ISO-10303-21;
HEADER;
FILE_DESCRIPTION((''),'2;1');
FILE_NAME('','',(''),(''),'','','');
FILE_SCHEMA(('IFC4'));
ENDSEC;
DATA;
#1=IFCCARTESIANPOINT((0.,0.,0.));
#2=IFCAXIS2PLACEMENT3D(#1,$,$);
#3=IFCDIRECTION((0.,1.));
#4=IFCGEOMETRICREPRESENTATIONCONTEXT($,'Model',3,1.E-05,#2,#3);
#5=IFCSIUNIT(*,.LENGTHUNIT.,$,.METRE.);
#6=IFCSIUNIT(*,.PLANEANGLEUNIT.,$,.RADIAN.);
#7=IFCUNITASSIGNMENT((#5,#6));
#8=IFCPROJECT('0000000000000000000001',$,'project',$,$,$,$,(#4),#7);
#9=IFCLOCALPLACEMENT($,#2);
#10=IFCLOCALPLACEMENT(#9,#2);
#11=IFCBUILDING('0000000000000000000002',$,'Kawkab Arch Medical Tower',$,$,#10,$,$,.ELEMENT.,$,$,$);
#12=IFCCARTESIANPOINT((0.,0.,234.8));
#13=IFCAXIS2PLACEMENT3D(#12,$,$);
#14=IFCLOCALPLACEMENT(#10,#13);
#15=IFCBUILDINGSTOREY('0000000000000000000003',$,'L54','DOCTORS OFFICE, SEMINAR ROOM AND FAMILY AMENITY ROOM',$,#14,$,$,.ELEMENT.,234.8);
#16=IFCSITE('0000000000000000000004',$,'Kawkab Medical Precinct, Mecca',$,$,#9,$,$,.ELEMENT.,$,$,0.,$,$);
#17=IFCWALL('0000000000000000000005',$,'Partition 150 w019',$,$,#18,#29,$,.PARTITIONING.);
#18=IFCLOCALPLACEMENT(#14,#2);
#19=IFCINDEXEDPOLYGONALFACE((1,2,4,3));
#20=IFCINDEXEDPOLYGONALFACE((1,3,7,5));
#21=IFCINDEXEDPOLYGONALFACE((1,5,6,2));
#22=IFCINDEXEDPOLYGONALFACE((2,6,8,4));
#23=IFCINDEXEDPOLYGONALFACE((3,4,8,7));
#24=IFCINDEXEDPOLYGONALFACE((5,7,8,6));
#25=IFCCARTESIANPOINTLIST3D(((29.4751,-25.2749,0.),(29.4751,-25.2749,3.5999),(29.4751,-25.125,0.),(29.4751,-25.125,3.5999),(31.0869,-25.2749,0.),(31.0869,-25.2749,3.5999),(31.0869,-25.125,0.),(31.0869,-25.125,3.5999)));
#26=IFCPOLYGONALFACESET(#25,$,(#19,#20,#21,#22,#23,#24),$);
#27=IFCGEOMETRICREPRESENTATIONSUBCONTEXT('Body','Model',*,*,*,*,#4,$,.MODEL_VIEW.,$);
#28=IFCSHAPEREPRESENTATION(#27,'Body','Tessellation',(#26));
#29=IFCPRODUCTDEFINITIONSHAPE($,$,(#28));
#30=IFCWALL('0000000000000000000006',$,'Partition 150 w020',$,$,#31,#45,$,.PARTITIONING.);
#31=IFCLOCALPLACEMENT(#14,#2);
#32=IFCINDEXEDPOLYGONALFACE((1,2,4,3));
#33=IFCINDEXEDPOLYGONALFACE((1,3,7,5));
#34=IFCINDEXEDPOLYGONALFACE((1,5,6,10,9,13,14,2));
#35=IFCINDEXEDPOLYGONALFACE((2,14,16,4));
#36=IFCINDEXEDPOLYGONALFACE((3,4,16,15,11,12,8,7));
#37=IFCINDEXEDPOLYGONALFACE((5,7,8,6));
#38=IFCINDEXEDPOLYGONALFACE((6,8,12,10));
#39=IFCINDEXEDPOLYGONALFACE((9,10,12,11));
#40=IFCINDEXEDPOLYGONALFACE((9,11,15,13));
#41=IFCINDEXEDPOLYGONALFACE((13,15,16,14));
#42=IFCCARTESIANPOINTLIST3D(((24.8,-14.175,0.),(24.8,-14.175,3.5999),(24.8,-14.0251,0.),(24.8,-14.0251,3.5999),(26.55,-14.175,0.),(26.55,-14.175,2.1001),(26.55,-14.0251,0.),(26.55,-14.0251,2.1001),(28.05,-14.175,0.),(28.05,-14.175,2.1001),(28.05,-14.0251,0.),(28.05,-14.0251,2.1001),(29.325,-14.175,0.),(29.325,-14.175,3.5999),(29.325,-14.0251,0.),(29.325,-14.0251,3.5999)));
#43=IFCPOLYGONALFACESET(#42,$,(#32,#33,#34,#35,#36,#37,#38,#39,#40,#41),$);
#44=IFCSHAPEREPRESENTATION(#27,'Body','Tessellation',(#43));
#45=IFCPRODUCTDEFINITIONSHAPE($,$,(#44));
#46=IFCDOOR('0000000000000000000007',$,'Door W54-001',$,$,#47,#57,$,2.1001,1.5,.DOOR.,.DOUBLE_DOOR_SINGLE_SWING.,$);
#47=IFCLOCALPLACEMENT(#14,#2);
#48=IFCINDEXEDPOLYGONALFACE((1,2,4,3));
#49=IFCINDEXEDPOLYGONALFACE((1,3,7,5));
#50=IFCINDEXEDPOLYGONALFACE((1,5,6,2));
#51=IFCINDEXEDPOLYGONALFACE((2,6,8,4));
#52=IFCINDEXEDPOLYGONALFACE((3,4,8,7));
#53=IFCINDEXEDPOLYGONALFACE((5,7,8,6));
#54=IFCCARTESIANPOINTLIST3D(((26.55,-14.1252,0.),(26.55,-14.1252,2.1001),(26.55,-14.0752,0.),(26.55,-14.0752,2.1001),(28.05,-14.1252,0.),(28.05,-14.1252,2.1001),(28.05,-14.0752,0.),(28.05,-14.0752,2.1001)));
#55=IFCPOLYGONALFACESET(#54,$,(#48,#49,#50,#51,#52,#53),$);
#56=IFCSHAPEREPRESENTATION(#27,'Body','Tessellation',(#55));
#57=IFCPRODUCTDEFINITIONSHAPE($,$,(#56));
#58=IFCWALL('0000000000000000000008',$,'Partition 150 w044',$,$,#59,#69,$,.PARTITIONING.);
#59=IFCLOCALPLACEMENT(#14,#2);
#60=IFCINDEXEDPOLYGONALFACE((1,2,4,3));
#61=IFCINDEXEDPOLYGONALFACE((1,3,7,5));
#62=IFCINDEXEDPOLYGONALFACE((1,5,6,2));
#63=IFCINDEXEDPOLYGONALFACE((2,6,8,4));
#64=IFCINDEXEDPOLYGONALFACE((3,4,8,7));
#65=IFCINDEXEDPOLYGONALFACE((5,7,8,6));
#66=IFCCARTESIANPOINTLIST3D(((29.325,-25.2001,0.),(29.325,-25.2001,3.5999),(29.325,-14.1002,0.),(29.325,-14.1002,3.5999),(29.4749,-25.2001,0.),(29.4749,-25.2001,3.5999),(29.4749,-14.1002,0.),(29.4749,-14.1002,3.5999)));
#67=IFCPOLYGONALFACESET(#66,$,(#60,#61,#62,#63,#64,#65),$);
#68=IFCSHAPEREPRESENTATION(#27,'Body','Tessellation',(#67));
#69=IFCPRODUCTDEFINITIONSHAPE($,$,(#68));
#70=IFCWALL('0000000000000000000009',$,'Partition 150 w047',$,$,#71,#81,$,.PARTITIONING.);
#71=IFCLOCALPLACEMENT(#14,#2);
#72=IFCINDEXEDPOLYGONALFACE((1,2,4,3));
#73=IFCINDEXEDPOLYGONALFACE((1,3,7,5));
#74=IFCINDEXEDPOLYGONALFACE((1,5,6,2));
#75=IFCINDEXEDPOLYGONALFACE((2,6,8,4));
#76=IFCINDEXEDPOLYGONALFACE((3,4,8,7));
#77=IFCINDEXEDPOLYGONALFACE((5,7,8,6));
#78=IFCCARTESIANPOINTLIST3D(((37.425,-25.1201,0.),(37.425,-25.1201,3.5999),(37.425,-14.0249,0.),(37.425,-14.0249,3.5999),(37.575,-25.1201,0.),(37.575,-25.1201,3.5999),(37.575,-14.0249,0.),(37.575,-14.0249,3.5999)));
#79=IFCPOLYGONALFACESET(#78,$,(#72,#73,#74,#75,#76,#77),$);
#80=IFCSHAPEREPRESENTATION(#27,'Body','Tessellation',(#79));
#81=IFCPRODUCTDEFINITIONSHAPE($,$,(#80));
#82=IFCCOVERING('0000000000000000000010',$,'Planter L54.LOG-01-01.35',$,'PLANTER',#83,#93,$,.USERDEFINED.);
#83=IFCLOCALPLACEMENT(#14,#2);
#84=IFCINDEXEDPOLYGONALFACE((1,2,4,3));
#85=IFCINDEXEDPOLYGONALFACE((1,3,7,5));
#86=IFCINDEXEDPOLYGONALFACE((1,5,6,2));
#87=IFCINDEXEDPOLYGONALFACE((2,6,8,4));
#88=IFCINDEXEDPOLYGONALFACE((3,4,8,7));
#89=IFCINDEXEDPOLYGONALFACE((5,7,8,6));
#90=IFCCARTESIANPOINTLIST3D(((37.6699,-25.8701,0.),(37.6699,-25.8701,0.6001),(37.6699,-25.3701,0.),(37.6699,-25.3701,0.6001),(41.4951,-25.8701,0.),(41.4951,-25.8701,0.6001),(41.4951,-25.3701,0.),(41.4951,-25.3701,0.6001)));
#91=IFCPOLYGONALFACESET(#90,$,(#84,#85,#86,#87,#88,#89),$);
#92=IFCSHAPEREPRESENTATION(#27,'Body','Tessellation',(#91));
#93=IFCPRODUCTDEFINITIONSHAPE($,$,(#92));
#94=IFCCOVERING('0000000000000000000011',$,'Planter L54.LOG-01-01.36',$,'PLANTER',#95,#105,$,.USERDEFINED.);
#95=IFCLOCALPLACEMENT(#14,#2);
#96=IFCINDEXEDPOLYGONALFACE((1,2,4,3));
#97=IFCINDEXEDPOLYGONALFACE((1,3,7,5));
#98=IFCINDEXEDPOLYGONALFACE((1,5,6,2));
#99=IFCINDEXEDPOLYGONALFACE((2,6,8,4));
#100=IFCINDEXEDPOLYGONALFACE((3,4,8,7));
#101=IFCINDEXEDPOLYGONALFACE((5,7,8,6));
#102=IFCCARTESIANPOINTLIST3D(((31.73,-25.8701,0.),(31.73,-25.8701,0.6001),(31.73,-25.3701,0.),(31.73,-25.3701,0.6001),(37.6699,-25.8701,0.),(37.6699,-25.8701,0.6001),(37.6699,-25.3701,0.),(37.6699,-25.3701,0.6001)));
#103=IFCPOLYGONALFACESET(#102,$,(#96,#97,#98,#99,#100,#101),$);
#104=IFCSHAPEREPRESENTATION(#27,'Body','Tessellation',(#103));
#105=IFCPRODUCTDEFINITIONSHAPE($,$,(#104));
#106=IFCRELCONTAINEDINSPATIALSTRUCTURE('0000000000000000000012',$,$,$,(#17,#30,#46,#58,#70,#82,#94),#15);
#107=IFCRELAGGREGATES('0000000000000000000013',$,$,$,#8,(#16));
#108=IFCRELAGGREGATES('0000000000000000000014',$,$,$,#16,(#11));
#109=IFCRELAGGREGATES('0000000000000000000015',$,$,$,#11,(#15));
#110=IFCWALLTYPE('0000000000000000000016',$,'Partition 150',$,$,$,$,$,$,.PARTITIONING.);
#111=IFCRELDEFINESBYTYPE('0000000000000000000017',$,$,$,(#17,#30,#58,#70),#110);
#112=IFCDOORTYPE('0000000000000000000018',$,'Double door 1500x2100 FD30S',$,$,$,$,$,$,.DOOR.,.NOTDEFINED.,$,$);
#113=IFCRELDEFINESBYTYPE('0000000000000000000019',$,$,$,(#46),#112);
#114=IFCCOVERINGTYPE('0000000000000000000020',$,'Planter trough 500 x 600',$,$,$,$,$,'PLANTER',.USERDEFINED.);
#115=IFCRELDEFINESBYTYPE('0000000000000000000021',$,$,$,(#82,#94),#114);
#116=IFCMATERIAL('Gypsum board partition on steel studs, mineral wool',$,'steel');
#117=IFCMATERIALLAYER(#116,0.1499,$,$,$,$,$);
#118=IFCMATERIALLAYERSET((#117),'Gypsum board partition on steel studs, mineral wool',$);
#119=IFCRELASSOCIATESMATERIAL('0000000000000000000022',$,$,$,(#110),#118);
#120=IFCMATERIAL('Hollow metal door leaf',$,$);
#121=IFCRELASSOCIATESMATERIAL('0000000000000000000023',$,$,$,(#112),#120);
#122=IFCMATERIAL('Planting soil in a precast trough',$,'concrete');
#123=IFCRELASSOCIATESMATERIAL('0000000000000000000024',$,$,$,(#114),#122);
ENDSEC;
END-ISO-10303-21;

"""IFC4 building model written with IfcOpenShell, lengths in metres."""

from ifc_helpers import new_model, si_unit, direction, frame, frame_2d, origin, origin_2d, place, context, subcontext, project, spatial, rectangle, extrude, material, layer, layer_set, material_profile, profile_set, type_object, element, fill, save


model = new_model("IFC4")

# Units and contexts
model_context = context("Model", 3, precision=1e-05, world=origin(), true_north=direction((0.0, 1.0)))
body_context = subcontext(model_context, "Body", "Model", "MODEL_VIEW")
ifc_project = project(units=[si_unit("LENGTHUNIT", "METRE"), si_unit("PLANEANGLEUNIT", "RADIAN")], contexts=[model_context])

# Site, building, storey
site_placement = place(None, origin())
site = spatial("IfcSite", under=ifc_project, at=site_placement, Name="Kawkab Medical Precinct, Mecca", CompositionType="ELEMENT", RefElevation=0.0)
building_placement = place(site_placement, origin())
building = spatial("IfcBuilding", under=site, at=building_placement, Name="Kawkab Arch Medical Tower", CompositionType="ELEMENT")
storey_placement = place(building_placement, frame((0.0, 0.0, 234.8)))
storey = spatial("IfcBuildingStorey", under=building, at=storey_placement, Name="L54", Description="DOCTORS OFFICE, SEMINAR ROOM AND FAMILY AMENITY ROOM", CompositionType="ELEMENT", Elevation=234.8)

# Wall
ifc_material_1 = material(Name="Gypsum board partition on steel studs, mineral wool", Category="steel")
ifc_layer_1 = layer(ifc_material_1, 0.1499)
ifc_layer_set_1 = layer_set([ifc_layer_1], Name="Gypsum board partition on steel studs, mineral wool")
wall_type_1 = type_object("IfcWallType", Name="Partition 150", PredefinedType="PARTITIONING", material=ifc_layer_set_1)
wall_1_placement = place(storey_placement, frame((29.4751, -25.2, 0.0), z_axis=(0.0, 0.0, 1.0), x_axis=(1.0, 0.0, 0.0)))
element("IfcWall", 1, at=wall_1_placement, inside=storey, type_object=wall_type_1, Name="Partition 150 w019", PredefinedType="PARTITIONING", context=body_context, shape_type="SweptSolid", body=[
    extrude(rectangle(XDim=1.6118, YDim=0.1499, at=frame_2d((0.8059, 0.0))), origin(), (0.0, 0.0, 1.0), 3.5999),
])

# Wall, opening, door
wall_2_placement = place(storey_placement, frame((24.8, -14.1001, 0.0), z_axis=(0.0, 0.0, 1.0), x_axis=(1.0, 0.0, 0.0)))
wall_2 = element("IfcWall", 2, at=wall_2_placement, inside=storey, type_object=wall_type_1, Name="Partition 150 w020", PredefinedType="PARTITIONING", context=body_context, shape_type="SweptSolid", body=[
    extrude(rectangle(XDim=4.5249, YDim=0.1499, at=frame_2d((2.2625, 0.0))), origin(), (0.0, 0.0, 1.0), 3.5999),
])
opening_1_placement = place(wall_2_placement, frame((1.75, 0.0, 0.0)))
opening_1 = element("IfcOpeningElement", 3, at=opening_1_placement, cuts=wall_2, PredefinedType="OPENING", context=body_context, shape_type="SweptSolid", body=[
    extrude(rectangle(XDim=1.5, YDim=2.1001, at=frame_2d((0.75, 1.05))), frame((0.0, 0.085, 0.0), z_axis=(0.0, -1.0, 0.0), x_axis=(1.0, 0.0, 0.0)), (0.0, 0.0, 1.0), 0.1699),
])
ifc_material_2 = material(Name="Hollow metal door leaf")
door_type_1 = type_object("IfcDoorType", Name="Double door 1500x2100 FD30S", OperationType="NOTDEFINED", PredefinedType="DOOR", material=ifc_material_2)
door_1_placement = place(opening_1_placement, origin())
door_1 = element("IfcDoor", 4, at=door_1_placement, inside=storey, type_object=door_type_1, Name="Door W54-001", OperationType="DOUBLE_DOOR_SINGLE_SWING", OverallHeight=2.1001, OverallWidth=1.5, PredefinedType="DOOR", context=body_context, shape_type="SweptSolid", body=[
    extrude(rectangle(XDim=1.5, YDim=2.1001, at=frame_2d((0.75, 1.05))), frame((0.0, 0.0249, 0.0), z_axis=(0.0, -1.0, 0.0), x_axis=(1.0, 0.0, 0.0)), (0.0, 0.0, 1.0), 0.05),
])
fill(opening_1, door_1)

# Walls
wall_3_placement = place(storey_placement, frame((29.3999, -25.2, 0.0), z_axis=(0.0, 0.0, 1.0), x_axis=(0.0, 1.0, 0.0)))
element("IfcWall", 5, at=wall_3_placement, inside=storey, type_object=wall_type_1, Name="Partition 150 w044", PredefinedType="PARTITIONING", context=body_context, shape_type="SweptSolid", body=[
    extrude(rectangle(XDim=11.0999, YDim=0.1499, at=frame_2d((5.5498, 0.0))), origin(), (0.0, 0.0, 1.0), 3.5999),
])
wall_4_placement = place(storey_placement, frame((37.5, -25.1201, 0.0), z_axis=(0.0, 0.0, 1.0), x_axis=(0.0, 1.0, 0.0)))
element("IfcWall", 6, at=wall_4_placement, inside=storey, type_object=wall_type_1, Name="Partition 150 w047", PredefinedType="PARTITIONING", context=body_context, shape_type="SweptSolid", body=[
    extrude(rectangle(XDim=11.0952, YDim=0.1499, at=frame_2d((5.5476, 0.0))), origin(), (0.0, 0.0, 1.0), 3.5999),
])

# Coverings
ifc_material_3 = material(Name="Planting soil in a precast trough", Category="concrete")
ifc_material_profile_1 = material_profile(ifc_material_3, rectangle(XDim=0.5, YDim=0.6001, at=origin_2d()), Name="Trough 500x600")
ifc_profile_set_1 = profile_set([ifc_material_profile_1], Name="Planting soil in a precast trough")
covering_type = type_object("IfcCoveringType", Name="Planter trough 500 x 600", ElementType="PLANTER", PredefinedType="USERDEFINED", material=ifc_profile_set_1)
covering_1_placement = place(storey_placement, frame((41.4951, -25.6201, 0.3), z_axis=(-1.0, 0.0, 0.0), x_axis=(0.0, -1.0, 0.0)))
element("IfcCovering", 7, at=covering_1_placement, inside=storey, type_object=covering_type, Name="Planter L54.LOG-01-01.35", ObjectType="PLANTER", PredefinedType="USERDEFINED", context=body_context, shape_type="SweptSolid", body=[
    extrude(rectangle(XDim=0.5, YDim=0.6001, at=origin_2d()), origin(), (0.0, 0.0, 1.0), 3.8252),
])
covering_2_placement = place(storey_placement, frame((37.6699, -25.6201, 0.3), z_axis=(-1.0, 0.0, 0.0), x_axis=(0.0, -1.0, 0.0)))
element("IfcCovering", 8, at=covering_2_placement, inside=storey, type_object=covering_type, Name="Planter L54.LOG-01-01.36", ObjectType="PLANTER", PredefinedType="USERDEFINED", context=body_context, shape_type="SweptSolid", body=[
    extrude(rectangle(XDim=0.5, YDim=0.6001, at=origin_2d()), origin(), (0.0, 0.0, 1.0), 5.9399),
])

save(model, "model.ifc")
